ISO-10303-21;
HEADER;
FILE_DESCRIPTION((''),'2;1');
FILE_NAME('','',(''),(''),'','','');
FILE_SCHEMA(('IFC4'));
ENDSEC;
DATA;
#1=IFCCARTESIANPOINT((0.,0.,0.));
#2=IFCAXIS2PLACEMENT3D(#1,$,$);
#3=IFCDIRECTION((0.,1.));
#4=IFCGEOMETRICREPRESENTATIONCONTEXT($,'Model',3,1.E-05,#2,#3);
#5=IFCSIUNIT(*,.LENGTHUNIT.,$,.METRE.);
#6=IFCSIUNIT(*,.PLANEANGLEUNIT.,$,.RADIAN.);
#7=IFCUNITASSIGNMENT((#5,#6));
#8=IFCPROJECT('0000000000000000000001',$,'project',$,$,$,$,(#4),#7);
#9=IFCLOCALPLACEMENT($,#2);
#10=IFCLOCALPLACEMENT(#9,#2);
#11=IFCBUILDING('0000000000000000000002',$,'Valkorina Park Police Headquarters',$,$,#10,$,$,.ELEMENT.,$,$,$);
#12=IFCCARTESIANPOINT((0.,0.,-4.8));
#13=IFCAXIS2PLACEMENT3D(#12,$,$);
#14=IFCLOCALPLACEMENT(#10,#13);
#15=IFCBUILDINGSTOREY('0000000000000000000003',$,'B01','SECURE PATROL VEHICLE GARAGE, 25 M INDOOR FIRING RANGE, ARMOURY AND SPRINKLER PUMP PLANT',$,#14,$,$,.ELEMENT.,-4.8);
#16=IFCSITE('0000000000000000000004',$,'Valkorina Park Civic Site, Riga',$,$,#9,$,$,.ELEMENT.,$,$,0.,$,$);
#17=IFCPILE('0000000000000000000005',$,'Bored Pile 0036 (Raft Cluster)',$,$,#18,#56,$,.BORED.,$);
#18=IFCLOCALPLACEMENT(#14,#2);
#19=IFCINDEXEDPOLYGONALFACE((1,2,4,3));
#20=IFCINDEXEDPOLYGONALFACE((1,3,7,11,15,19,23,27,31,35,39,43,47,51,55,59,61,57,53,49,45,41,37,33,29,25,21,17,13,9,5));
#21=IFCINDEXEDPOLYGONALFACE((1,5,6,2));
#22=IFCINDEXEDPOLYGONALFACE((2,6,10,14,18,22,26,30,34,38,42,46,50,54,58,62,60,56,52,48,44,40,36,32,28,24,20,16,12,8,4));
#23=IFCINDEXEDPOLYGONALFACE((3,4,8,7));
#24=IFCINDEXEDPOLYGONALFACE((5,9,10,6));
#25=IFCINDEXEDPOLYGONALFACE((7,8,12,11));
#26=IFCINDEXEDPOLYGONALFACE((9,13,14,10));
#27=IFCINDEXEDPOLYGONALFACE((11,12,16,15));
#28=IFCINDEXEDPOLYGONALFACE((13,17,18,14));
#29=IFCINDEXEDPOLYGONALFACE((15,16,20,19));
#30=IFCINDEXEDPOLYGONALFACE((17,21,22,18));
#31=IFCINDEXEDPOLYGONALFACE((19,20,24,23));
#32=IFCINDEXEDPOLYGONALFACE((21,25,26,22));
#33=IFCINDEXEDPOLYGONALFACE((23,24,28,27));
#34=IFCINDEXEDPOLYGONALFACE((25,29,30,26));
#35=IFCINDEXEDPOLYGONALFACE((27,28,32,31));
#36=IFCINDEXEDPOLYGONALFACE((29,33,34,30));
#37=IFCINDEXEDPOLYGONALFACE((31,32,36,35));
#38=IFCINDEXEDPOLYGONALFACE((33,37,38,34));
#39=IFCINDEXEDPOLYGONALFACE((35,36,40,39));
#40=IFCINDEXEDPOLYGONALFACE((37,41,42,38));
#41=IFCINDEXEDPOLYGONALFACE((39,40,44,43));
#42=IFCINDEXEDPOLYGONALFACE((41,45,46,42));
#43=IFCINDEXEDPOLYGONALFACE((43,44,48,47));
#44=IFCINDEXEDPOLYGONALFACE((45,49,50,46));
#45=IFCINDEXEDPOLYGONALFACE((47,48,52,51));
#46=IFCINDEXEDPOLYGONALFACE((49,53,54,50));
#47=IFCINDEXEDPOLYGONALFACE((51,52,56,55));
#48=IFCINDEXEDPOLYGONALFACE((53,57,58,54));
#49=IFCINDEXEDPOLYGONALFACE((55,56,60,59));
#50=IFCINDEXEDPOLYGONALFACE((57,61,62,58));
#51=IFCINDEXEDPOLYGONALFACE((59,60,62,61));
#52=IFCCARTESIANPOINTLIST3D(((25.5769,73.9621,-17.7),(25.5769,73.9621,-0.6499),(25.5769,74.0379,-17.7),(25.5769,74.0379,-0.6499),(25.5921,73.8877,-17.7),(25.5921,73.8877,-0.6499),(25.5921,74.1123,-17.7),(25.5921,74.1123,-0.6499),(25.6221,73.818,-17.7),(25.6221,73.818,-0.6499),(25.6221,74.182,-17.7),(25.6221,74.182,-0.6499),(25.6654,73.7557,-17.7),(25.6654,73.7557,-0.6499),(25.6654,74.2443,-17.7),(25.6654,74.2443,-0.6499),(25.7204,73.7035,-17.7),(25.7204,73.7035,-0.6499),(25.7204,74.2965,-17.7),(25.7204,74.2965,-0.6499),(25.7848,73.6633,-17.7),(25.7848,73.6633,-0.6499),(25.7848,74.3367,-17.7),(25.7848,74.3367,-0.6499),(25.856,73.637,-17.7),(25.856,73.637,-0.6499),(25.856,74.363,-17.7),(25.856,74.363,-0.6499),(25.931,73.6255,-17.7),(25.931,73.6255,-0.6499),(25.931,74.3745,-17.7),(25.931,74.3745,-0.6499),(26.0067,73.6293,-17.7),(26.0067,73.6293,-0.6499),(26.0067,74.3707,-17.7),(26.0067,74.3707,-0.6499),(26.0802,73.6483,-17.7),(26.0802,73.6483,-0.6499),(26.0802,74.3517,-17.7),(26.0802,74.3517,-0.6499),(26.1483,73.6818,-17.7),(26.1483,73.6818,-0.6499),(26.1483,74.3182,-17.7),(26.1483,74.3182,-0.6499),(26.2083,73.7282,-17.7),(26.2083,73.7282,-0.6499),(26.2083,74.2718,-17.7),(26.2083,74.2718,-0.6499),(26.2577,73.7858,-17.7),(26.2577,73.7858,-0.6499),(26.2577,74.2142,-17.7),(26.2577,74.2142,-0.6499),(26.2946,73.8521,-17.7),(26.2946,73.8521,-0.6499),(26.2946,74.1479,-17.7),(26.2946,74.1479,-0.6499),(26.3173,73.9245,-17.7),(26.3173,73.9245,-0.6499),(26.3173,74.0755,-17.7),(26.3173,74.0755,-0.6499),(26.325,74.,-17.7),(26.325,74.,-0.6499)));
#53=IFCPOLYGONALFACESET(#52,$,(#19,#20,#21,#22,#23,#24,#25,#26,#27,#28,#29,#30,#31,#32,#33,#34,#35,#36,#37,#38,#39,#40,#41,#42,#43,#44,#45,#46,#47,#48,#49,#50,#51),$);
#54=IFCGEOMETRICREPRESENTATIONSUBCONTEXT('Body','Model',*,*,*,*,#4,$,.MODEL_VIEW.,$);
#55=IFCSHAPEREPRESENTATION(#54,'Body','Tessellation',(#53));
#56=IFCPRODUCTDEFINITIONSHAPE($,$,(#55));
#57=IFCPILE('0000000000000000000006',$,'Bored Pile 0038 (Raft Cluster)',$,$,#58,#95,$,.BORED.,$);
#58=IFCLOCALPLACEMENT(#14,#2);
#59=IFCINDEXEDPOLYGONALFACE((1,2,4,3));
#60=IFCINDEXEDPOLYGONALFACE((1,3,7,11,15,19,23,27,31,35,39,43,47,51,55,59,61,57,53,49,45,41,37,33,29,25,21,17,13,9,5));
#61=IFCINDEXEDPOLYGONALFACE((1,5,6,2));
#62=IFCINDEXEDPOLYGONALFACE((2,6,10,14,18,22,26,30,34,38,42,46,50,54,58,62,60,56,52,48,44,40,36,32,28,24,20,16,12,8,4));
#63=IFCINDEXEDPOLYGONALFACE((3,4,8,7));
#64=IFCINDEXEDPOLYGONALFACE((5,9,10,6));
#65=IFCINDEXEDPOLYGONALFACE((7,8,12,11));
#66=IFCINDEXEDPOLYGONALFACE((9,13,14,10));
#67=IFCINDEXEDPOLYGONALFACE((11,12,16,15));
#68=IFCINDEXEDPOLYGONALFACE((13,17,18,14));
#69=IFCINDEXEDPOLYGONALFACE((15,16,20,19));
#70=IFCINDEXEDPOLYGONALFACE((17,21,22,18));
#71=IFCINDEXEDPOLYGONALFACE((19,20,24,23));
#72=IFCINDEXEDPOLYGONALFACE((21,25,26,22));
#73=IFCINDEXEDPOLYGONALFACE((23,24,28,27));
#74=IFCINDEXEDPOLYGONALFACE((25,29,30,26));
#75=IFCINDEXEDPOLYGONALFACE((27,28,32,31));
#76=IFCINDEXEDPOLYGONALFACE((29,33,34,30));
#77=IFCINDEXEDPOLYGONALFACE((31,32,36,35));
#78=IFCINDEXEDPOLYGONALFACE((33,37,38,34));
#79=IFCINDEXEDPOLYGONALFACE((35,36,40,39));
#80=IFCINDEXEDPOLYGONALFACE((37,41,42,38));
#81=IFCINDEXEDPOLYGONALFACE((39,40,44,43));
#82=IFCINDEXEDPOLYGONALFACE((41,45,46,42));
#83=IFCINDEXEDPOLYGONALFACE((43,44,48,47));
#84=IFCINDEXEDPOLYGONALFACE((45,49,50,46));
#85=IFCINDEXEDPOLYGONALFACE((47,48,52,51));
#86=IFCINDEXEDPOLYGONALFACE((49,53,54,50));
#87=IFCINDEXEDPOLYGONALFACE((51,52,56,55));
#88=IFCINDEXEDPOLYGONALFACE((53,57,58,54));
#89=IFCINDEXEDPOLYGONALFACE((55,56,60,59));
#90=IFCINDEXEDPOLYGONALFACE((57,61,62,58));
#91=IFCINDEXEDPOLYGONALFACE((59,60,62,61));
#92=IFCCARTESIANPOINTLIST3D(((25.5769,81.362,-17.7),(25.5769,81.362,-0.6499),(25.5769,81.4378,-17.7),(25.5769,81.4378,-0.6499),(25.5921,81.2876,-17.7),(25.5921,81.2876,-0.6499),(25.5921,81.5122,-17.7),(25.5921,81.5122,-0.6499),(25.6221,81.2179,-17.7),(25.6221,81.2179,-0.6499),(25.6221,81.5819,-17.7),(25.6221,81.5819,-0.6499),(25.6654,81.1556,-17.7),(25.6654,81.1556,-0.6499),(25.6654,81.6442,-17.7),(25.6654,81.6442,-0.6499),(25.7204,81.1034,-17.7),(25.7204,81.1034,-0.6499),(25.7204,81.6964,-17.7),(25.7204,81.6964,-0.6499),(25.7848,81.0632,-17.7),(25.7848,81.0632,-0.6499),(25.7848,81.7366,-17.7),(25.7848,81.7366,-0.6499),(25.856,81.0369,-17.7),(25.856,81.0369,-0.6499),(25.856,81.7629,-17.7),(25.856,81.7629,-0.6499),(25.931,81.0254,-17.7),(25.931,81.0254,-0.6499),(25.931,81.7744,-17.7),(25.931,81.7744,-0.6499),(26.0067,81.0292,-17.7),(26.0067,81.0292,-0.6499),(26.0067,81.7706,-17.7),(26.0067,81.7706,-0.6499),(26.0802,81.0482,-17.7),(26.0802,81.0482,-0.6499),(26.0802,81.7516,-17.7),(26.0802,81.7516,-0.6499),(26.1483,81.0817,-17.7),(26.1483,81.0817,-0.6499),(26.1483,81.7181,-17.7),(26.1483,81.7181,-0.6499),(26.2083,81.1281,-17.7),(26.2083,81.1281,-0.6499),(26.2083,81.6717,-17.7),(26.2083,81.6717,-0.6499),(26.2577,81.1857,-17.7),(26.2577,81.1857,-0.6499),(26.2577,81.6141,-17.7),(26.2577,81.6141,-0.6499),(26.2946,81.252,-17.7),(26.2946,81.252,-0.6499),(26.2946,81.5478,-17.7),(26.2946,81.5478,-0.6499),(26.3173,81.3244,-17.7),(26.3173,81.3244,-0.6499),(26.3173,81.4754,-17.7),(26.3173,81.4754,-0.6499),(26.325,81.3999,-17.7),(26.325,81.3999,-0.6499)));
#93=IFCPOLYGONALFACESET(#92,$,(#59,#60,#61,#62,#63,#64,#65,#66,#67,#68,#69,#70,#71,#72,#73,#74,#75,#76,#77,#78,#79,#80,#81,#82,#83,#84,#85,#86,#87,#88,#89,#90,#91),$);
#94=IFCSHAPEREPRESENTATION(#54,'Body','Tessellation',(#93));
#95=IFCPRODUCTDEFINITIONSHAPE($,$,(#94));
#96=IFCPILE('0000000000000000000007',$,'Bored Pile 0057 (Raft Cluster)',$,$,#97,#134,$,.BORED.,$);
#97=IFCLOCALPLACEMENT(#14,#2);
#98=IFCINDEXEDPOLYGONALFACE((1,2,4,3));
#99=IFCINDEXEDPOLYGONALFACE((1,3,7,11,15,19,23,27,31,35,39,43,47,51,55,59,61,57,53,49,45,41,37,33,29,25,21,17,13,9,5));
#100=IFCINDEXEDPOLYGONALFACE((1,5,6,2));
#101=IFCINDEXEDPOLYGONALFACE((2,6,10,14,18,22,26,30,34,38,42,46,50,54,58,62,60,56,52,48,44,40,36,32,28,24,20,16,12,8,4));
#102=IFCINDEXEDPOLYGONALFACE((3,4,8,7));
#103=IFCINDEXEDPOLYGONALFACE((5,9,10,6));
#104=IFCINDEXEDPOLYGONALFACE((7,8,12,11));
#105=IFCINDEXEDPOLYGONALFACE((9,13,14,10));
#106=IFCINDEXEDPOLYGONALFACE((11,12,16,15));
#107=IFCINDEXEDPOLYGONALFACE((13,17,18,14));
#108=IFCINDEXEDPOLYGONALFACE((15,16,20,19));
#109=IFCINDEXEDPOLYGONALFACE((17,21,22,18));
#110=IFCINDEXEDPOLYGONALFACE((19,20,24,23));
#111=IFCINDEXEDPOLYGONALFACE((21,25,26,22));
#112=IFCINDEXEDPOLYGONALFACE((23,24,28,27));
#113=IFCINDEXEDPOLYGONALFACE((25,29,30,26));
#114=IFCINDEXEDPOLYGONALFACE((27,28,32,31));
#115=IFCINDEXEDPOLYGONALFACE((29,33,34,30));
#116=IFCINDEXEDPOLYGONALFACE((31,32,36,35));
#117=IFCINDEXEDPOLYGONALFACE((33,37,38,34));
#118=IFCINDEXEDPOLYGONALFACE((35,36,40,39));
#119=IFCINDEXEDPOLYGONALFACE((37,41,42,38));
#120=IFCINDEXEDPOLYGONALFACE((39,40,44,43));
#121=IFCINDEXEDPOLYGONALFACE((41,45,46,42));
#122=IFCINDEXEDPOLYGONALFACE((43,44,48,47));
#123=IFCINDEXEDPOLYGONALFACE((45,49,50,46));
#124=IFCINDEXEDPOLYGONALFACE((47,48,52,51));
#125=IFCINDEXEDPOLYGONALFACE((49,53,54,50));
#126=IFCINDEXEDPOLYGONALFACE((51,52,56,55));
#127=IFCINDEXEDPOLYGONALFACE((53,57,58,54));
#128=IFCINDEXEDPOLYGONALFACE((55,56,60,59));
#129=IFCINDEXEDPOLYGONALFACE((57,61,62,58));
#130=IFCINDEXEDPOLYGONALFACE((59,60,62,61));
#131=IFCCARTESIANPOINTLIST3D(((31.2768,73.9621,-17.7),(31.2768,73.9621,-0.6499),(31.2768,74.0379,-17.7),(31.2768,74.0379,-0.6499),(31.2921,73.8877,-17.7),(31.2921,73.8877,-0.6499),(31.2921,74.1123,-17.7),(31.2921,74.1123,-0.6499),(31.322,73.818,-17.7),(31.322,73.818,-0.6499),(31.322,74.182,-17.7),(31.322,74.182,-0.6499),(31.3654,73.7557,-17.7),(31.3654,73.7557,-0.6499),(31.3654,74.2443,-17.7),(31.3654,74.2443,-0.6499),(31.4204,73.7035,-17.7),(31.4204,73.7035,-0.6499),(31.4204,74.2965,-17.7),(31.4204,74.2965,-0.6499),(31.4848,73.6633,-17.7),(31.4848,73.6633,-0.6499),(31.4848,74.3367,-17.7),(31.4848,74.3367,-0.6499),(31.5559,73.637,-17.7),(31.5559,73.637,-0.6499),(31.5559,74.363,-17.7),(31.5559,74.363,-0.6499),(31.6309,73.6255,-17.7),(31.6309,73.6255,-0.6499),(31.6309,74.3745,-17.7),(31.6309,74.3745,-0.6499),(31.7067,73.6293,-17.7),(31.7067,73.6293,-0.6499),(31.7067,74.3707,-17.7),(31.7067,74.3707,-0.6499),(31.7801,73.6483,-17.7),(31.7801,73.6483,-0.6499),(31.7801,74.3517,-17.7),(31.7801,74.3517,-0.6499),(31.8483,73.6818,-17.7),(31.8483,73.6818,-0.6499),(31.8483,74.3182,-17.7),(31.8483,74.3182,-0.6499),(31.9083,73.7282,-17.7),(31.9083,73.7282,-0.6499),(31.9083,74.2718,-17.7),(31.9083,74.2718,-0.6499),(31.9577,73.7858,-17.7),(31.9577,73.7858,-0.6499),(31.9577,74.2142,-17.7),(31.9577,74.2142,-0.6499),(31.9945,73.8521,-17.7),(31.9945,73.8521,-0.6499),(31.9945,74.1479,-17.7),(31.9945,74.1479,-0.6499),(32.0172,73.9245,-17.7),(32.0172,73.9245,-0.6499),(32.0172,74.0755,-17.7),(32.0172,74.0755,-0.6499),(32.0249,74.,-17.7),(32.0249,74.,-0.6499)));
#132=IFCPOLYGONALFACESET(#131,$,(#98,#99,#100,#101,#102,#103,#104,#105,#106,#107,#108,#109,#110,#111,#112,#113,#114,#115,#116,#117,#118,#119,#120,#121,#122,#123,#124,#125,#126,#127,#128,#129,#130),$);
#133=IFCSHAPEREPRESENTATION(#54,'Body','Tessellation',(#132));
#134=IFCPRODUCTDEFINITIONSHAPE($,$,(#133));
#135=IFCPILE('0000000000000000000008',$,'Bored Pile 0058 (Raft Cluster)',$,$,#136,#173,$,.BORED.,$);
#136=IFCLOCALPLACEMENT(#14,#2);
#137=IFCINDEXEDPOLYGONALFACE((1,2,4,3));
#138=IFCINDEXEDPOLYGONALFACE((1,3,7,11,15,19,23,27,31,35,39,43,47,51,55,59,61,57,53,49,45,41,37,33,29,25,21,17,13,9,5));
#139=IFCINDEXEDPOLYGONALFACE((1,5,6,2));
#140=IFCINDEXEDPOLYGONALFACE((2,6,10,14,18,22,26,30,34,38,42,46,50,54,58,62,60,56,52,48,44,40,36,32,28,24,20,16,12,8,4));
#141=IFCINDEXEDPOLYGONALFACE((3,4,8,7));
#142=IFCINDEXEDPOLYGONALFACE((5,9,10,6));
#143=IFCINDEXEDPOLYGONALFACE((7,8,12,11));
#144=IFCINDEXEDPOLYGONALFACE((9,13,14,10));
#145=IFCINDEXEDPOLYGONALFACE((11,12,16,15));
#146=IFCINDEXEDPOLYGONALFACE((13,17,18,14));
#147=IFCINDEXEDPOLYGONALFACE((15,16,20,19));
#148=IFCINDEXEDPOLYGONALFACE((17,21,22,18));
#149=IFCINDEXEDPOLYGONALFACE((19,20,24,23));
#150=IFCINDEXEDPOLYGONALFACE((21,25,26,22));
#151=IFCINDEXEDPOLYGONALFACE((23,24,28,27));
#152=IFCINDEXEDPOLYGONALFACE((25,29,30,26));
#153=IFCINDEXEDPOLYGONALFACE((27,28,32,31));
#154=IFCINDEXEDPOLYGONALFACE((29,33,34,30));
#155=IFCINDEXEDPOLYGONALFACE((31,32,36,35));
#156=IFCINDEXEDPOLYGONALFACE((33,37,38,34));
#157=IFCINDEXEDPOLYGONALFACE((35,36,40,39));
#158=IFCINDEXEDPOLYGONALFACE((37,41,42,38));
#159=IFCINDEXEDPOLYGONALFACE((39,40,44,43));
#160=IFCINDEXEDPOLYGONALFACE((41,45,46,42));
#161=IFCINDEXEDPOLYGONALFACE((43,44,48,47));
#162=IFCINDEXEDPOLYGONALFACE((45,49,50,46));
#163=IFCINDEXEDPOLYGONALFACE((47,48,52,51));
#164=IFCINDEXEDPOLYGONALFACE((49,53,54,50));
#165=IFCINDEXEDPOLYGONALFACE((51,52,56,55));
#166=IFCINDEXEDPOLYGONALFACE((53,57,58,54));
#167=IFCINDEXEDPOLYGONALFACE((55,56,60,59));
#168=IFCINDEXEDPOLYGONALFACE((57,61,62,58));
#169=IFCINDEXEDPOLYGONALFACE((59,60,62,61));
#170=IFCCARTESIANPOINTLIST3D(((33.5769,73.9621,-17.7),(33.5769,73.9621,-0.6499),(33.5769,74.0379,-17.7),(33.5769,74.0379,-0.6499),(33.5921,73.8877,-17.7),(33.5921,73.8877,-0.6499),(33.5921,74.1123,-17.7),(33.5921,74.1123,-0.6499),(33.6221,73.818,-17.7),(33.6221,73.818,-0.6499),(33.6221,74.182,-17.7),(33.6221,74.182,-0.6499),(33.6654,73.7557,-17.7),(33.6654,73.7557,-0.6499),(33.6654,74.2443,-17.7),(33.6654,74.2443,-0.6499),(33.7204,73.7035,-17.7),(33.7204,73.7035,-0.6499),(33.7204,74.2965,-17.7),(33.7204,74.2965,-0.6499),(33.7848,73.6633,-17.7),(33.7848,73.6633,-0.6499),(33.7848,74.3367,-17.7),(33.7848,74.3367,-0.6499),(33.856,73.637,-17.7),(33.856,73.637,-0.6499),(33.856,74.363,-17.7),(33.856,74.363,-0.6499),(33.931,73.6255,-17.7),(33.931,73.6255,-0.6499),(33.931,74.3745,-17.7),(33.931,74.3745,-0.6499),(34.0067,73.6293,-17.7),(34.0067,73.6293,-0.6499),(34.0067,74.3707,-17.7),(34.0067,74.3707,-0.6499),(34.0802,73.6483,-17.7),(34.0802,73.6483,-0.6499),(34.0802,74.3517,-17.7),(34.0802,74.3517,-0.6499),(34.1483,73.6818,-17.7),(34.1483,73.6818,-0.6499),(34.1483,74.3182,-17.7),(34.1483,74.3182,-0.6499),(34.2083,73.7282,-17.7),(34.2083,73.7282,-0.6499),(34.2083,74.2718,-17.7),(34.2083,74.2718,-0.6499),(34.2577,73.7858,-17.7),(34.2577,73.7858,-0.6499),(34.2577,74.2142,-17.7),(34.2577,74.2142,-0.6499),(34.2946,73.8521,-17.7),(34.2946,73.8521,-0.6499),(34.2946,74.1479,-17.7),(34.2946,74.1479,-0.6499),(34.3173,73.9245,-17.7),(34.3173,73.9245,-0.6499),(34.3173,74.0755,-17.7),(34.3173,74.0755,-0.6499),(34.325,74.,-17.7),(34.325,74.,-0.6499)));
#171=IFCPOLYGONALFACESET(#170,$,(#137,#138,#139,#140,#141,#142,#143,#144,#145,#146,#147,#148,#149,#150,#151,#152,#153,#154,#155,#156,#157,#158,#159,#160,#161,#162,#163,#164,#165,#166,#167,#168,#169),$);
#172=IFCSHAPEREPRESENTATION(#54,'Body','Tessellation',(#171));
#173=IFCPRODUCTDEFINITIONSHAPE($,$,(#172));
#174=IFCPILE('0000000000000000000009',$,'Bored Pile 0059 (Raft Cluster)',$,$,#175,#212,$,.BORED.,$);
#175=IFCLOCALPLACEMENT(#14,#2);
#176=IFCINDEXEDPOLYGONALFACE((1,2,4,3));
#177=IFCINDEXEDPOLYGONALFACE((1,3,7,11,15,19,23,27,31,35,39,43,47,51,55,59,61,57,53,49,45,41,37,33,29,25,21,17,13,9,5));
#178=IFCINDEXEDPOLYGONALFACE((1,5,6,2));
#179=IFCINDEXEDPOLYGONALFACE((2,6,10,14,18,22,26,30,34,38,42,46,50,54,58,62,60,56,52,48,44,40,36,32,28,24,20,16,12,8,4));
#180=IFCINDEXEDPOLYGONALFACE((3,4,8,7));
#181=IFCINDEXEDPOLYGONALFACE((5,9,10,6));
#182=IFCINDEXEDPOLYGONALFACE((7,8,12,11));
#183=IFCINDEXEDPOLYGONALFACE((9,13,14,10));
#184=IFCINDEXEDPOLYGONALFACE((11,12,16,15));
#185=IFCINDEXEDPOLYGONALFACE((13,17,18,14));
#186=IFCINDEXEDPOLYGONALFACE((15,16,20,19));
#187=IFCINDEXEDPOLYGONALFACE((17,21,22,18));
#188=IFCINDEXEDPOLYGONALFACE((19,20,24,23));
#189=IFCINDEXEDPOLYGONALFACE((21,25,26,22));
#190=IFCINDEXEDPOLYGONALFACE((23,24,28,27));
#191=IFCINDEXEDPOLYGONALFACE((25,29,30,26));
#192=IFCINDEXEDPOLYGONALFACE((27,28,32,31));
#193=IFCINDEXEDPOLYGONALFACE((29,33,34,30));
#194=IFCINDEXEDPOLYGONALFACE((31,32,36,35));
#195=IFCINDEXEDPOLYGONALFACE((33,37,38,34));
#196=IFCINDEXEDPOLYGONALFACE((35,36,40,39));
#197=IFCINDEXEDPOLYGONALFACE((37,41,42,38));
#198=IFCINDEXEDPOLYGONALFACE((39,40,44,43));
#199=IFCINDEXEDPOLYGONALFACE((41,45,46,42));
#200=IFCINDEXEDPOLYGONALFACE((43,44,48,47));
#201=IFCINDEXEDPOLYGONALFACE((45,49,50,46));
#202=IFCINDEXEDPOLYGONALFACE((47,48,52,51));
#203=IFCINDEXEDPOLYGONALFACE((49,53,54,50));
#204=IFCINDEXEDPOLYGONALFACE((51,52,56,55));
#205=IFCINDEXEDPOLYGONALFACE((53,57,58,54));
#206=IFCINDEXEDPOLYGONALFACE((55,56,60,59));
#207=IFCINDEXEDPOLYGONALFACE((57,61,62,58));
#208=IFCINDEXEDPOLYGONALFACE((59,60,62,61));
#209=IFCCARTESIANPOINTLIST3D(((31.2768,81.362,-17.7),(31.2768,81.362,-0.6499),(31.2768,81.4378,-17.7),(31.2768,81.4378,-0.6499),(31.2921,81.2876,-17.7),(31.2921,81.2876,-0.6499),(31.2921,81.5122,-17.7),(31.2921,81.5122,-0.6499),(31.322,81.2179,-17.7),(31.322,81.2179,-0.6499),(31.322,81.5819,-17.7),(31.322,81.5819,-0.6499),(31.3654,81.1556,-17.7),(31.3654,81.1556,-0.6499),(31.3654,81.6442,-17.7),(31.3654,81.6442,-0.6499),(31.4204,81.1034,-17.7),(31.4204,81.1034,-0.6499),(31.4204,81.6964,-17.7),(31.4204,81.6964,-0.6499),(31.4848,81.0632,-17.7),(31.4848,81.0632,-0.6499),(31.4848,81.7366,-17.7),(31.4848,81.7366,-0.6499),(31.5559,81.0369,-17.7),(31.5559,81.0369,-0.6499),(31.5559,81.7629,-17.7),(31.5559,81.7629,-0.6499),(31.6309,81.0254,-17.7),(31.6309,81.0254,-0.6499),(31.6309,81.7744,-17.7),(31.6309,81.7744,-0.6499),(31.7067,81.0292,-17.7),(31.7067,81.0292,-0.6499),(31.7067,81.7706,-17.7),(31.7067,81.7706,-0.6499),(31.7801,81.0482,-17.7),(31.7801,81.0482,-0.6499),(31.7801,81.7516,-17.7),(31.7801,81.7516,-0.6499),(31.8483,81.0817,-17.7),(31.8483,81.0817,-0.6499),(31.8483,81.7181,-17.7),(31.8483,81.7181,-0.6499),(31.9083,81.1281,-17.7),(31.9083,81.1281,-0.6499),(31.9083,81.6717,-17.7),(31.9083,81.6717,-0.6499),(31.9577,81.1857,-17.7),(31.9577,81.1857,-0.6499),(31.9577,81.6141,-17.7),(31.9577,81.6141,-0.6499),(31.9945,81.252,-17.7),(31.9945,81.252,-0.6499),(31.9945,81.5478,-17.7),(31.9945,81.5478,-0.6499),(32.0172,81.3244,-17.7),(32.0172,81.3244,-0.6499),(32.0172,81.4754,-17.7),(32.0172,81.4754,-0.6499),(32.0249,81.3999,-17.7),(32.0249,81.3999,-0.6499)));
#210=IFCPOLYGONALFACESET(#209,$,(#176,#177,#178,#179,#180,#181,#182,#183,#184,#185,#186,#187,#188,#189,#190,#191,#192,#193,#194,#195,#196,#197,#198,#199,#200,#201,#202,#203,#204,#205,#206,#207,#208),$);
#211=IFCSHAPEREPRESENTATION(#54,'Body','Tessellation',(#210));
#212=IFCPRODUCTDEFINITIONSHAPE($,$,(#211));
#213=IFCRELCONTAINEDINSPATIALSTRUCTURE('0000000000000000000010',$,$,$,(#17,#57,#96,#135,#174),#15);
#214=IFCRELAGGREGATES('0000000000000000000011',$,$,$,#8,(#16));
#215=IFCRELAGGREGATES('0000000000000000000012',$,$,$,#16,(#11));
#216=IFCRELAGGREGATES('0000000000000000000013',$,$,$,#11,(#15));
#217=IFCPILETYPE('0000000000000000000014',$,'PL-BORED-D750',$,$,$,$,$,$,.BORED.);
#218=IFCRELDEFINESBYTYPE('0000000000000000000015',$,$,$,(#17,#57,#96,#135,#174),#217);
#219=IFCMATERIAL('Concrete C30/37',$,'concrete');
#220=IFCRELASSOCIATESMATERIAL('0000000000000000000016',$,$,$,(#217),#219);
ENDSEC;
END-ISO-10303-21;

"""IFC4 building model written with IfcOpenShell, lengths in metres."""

from ifc_helpers import new_model, si_unit, direction, frame, origin, origin_2d, place, context, subcontext, project, spatial, circle, extrude, material, material_profile, profile_set, type_object, element, save


model = new_model("IFC4")

# Units and contexts
model_context = context("Model", 3, precision=1e-05, world=origin(), true_north=direction((0.0, 1.0)))
body_context = subcontext(model_context, "Body", "Model", "MODEL_VIEW")
ifc_project = project(units=[si_unit("LENGTHUNIT", "METRE"), si_unit("PLANEANGLEUNIT", "RADIAN")], contexts=[model_context])

# Site, building, storey
site_placement = place(None, origin())
site = spatial("IfcSite", under=ifc_project, at=site_placement, Name="Valkorina Park Civic Site, Riga", CompositionType="ELEMENT", RefElevation=0.0)
building_placement = place(site_placement, origin())
building = spatial("IfcBuilding", under=site, at=building_placement, Name="Valkorina Park Police Headquarters", CompositionType="ELEMENT")
storey_placement = place(building_placement, frame((0.0, 0.0, -4.8)))
storey = spatial("IfcBuildingStorey", under=building, at=storey_placement, Name="B01", Description="SECURE PATROL VEHICLE GARAGE, 25 M INDOOR FIRING RANGE, ARMOURY AND SPRINKLER PUMP PLANT", CompositionType="ELEMENT", Elevation=-4.8)

# Piles
ifc_material_1 = material(Name="Concrete C30/37", Category="concrete")
ifc_material_profile_1 = material_profile(ifc_material_1, circle(Radius=0.375, at=origin_2d()), Name="BORED PILE D750")
ifc_profile_set_1 = profile_set([ifc_material_profile_1], Name="Concrete C30/37")
pile_type_1 = type_object("IfcPileType", Name="PL-BORED-D750", PredefinedType="BORED", material=ifc_profile_set_1)
for number, where, z_axis, x_axis, name in (
    (1, (25.95, 74.0, -0.6499), (0.0, 0.0, -1.0), (1.0, 0.0, 0.0), "Bored Pile 0036 (Raft Cluster)"),
    (2, (25.95, 81.3999, -0.6499), (0.0, 0.0, -1.0), (1.0, 0.0, 0.0), "Bored Pile 0038 (Raft Cluster)"),
    (3, (31.6499, 74.0, -0.6499), (0.0, 0.0, -1.0), (1.0, 0.0, 0.0), "Bored Pile 0057 (Raft Cluster)"),
    (4, (33.95, 74.0, -0.6499), (0.0, 0.0, -1.0), (1.0, 0.0, 0.0), "Bored Pile 0058 (Raft Cluster)"),
    (5, (31.6499, 81.3999, -0.6499), (0.0, 0.0, -1.0), (1.0, 0.0, 0.0), "Bored Pile 0059 (Raft Cluster)"),
):
    element("IfcPile", number, at=place(storey_placement, frame(where, z_axis=z_axis, x_axis=x_axis)), inside=storey, type_object=pile_type_1, Name=name, PredefinedType="BORED", context=body_context, shape_type="SweptSolid", body=[
        extrude(circle(Radius=0.375, at=origin_2d()), origin(), (0.0, 0.0, 1.0), 17.05),
    ])

save(model, "model.ifc")
